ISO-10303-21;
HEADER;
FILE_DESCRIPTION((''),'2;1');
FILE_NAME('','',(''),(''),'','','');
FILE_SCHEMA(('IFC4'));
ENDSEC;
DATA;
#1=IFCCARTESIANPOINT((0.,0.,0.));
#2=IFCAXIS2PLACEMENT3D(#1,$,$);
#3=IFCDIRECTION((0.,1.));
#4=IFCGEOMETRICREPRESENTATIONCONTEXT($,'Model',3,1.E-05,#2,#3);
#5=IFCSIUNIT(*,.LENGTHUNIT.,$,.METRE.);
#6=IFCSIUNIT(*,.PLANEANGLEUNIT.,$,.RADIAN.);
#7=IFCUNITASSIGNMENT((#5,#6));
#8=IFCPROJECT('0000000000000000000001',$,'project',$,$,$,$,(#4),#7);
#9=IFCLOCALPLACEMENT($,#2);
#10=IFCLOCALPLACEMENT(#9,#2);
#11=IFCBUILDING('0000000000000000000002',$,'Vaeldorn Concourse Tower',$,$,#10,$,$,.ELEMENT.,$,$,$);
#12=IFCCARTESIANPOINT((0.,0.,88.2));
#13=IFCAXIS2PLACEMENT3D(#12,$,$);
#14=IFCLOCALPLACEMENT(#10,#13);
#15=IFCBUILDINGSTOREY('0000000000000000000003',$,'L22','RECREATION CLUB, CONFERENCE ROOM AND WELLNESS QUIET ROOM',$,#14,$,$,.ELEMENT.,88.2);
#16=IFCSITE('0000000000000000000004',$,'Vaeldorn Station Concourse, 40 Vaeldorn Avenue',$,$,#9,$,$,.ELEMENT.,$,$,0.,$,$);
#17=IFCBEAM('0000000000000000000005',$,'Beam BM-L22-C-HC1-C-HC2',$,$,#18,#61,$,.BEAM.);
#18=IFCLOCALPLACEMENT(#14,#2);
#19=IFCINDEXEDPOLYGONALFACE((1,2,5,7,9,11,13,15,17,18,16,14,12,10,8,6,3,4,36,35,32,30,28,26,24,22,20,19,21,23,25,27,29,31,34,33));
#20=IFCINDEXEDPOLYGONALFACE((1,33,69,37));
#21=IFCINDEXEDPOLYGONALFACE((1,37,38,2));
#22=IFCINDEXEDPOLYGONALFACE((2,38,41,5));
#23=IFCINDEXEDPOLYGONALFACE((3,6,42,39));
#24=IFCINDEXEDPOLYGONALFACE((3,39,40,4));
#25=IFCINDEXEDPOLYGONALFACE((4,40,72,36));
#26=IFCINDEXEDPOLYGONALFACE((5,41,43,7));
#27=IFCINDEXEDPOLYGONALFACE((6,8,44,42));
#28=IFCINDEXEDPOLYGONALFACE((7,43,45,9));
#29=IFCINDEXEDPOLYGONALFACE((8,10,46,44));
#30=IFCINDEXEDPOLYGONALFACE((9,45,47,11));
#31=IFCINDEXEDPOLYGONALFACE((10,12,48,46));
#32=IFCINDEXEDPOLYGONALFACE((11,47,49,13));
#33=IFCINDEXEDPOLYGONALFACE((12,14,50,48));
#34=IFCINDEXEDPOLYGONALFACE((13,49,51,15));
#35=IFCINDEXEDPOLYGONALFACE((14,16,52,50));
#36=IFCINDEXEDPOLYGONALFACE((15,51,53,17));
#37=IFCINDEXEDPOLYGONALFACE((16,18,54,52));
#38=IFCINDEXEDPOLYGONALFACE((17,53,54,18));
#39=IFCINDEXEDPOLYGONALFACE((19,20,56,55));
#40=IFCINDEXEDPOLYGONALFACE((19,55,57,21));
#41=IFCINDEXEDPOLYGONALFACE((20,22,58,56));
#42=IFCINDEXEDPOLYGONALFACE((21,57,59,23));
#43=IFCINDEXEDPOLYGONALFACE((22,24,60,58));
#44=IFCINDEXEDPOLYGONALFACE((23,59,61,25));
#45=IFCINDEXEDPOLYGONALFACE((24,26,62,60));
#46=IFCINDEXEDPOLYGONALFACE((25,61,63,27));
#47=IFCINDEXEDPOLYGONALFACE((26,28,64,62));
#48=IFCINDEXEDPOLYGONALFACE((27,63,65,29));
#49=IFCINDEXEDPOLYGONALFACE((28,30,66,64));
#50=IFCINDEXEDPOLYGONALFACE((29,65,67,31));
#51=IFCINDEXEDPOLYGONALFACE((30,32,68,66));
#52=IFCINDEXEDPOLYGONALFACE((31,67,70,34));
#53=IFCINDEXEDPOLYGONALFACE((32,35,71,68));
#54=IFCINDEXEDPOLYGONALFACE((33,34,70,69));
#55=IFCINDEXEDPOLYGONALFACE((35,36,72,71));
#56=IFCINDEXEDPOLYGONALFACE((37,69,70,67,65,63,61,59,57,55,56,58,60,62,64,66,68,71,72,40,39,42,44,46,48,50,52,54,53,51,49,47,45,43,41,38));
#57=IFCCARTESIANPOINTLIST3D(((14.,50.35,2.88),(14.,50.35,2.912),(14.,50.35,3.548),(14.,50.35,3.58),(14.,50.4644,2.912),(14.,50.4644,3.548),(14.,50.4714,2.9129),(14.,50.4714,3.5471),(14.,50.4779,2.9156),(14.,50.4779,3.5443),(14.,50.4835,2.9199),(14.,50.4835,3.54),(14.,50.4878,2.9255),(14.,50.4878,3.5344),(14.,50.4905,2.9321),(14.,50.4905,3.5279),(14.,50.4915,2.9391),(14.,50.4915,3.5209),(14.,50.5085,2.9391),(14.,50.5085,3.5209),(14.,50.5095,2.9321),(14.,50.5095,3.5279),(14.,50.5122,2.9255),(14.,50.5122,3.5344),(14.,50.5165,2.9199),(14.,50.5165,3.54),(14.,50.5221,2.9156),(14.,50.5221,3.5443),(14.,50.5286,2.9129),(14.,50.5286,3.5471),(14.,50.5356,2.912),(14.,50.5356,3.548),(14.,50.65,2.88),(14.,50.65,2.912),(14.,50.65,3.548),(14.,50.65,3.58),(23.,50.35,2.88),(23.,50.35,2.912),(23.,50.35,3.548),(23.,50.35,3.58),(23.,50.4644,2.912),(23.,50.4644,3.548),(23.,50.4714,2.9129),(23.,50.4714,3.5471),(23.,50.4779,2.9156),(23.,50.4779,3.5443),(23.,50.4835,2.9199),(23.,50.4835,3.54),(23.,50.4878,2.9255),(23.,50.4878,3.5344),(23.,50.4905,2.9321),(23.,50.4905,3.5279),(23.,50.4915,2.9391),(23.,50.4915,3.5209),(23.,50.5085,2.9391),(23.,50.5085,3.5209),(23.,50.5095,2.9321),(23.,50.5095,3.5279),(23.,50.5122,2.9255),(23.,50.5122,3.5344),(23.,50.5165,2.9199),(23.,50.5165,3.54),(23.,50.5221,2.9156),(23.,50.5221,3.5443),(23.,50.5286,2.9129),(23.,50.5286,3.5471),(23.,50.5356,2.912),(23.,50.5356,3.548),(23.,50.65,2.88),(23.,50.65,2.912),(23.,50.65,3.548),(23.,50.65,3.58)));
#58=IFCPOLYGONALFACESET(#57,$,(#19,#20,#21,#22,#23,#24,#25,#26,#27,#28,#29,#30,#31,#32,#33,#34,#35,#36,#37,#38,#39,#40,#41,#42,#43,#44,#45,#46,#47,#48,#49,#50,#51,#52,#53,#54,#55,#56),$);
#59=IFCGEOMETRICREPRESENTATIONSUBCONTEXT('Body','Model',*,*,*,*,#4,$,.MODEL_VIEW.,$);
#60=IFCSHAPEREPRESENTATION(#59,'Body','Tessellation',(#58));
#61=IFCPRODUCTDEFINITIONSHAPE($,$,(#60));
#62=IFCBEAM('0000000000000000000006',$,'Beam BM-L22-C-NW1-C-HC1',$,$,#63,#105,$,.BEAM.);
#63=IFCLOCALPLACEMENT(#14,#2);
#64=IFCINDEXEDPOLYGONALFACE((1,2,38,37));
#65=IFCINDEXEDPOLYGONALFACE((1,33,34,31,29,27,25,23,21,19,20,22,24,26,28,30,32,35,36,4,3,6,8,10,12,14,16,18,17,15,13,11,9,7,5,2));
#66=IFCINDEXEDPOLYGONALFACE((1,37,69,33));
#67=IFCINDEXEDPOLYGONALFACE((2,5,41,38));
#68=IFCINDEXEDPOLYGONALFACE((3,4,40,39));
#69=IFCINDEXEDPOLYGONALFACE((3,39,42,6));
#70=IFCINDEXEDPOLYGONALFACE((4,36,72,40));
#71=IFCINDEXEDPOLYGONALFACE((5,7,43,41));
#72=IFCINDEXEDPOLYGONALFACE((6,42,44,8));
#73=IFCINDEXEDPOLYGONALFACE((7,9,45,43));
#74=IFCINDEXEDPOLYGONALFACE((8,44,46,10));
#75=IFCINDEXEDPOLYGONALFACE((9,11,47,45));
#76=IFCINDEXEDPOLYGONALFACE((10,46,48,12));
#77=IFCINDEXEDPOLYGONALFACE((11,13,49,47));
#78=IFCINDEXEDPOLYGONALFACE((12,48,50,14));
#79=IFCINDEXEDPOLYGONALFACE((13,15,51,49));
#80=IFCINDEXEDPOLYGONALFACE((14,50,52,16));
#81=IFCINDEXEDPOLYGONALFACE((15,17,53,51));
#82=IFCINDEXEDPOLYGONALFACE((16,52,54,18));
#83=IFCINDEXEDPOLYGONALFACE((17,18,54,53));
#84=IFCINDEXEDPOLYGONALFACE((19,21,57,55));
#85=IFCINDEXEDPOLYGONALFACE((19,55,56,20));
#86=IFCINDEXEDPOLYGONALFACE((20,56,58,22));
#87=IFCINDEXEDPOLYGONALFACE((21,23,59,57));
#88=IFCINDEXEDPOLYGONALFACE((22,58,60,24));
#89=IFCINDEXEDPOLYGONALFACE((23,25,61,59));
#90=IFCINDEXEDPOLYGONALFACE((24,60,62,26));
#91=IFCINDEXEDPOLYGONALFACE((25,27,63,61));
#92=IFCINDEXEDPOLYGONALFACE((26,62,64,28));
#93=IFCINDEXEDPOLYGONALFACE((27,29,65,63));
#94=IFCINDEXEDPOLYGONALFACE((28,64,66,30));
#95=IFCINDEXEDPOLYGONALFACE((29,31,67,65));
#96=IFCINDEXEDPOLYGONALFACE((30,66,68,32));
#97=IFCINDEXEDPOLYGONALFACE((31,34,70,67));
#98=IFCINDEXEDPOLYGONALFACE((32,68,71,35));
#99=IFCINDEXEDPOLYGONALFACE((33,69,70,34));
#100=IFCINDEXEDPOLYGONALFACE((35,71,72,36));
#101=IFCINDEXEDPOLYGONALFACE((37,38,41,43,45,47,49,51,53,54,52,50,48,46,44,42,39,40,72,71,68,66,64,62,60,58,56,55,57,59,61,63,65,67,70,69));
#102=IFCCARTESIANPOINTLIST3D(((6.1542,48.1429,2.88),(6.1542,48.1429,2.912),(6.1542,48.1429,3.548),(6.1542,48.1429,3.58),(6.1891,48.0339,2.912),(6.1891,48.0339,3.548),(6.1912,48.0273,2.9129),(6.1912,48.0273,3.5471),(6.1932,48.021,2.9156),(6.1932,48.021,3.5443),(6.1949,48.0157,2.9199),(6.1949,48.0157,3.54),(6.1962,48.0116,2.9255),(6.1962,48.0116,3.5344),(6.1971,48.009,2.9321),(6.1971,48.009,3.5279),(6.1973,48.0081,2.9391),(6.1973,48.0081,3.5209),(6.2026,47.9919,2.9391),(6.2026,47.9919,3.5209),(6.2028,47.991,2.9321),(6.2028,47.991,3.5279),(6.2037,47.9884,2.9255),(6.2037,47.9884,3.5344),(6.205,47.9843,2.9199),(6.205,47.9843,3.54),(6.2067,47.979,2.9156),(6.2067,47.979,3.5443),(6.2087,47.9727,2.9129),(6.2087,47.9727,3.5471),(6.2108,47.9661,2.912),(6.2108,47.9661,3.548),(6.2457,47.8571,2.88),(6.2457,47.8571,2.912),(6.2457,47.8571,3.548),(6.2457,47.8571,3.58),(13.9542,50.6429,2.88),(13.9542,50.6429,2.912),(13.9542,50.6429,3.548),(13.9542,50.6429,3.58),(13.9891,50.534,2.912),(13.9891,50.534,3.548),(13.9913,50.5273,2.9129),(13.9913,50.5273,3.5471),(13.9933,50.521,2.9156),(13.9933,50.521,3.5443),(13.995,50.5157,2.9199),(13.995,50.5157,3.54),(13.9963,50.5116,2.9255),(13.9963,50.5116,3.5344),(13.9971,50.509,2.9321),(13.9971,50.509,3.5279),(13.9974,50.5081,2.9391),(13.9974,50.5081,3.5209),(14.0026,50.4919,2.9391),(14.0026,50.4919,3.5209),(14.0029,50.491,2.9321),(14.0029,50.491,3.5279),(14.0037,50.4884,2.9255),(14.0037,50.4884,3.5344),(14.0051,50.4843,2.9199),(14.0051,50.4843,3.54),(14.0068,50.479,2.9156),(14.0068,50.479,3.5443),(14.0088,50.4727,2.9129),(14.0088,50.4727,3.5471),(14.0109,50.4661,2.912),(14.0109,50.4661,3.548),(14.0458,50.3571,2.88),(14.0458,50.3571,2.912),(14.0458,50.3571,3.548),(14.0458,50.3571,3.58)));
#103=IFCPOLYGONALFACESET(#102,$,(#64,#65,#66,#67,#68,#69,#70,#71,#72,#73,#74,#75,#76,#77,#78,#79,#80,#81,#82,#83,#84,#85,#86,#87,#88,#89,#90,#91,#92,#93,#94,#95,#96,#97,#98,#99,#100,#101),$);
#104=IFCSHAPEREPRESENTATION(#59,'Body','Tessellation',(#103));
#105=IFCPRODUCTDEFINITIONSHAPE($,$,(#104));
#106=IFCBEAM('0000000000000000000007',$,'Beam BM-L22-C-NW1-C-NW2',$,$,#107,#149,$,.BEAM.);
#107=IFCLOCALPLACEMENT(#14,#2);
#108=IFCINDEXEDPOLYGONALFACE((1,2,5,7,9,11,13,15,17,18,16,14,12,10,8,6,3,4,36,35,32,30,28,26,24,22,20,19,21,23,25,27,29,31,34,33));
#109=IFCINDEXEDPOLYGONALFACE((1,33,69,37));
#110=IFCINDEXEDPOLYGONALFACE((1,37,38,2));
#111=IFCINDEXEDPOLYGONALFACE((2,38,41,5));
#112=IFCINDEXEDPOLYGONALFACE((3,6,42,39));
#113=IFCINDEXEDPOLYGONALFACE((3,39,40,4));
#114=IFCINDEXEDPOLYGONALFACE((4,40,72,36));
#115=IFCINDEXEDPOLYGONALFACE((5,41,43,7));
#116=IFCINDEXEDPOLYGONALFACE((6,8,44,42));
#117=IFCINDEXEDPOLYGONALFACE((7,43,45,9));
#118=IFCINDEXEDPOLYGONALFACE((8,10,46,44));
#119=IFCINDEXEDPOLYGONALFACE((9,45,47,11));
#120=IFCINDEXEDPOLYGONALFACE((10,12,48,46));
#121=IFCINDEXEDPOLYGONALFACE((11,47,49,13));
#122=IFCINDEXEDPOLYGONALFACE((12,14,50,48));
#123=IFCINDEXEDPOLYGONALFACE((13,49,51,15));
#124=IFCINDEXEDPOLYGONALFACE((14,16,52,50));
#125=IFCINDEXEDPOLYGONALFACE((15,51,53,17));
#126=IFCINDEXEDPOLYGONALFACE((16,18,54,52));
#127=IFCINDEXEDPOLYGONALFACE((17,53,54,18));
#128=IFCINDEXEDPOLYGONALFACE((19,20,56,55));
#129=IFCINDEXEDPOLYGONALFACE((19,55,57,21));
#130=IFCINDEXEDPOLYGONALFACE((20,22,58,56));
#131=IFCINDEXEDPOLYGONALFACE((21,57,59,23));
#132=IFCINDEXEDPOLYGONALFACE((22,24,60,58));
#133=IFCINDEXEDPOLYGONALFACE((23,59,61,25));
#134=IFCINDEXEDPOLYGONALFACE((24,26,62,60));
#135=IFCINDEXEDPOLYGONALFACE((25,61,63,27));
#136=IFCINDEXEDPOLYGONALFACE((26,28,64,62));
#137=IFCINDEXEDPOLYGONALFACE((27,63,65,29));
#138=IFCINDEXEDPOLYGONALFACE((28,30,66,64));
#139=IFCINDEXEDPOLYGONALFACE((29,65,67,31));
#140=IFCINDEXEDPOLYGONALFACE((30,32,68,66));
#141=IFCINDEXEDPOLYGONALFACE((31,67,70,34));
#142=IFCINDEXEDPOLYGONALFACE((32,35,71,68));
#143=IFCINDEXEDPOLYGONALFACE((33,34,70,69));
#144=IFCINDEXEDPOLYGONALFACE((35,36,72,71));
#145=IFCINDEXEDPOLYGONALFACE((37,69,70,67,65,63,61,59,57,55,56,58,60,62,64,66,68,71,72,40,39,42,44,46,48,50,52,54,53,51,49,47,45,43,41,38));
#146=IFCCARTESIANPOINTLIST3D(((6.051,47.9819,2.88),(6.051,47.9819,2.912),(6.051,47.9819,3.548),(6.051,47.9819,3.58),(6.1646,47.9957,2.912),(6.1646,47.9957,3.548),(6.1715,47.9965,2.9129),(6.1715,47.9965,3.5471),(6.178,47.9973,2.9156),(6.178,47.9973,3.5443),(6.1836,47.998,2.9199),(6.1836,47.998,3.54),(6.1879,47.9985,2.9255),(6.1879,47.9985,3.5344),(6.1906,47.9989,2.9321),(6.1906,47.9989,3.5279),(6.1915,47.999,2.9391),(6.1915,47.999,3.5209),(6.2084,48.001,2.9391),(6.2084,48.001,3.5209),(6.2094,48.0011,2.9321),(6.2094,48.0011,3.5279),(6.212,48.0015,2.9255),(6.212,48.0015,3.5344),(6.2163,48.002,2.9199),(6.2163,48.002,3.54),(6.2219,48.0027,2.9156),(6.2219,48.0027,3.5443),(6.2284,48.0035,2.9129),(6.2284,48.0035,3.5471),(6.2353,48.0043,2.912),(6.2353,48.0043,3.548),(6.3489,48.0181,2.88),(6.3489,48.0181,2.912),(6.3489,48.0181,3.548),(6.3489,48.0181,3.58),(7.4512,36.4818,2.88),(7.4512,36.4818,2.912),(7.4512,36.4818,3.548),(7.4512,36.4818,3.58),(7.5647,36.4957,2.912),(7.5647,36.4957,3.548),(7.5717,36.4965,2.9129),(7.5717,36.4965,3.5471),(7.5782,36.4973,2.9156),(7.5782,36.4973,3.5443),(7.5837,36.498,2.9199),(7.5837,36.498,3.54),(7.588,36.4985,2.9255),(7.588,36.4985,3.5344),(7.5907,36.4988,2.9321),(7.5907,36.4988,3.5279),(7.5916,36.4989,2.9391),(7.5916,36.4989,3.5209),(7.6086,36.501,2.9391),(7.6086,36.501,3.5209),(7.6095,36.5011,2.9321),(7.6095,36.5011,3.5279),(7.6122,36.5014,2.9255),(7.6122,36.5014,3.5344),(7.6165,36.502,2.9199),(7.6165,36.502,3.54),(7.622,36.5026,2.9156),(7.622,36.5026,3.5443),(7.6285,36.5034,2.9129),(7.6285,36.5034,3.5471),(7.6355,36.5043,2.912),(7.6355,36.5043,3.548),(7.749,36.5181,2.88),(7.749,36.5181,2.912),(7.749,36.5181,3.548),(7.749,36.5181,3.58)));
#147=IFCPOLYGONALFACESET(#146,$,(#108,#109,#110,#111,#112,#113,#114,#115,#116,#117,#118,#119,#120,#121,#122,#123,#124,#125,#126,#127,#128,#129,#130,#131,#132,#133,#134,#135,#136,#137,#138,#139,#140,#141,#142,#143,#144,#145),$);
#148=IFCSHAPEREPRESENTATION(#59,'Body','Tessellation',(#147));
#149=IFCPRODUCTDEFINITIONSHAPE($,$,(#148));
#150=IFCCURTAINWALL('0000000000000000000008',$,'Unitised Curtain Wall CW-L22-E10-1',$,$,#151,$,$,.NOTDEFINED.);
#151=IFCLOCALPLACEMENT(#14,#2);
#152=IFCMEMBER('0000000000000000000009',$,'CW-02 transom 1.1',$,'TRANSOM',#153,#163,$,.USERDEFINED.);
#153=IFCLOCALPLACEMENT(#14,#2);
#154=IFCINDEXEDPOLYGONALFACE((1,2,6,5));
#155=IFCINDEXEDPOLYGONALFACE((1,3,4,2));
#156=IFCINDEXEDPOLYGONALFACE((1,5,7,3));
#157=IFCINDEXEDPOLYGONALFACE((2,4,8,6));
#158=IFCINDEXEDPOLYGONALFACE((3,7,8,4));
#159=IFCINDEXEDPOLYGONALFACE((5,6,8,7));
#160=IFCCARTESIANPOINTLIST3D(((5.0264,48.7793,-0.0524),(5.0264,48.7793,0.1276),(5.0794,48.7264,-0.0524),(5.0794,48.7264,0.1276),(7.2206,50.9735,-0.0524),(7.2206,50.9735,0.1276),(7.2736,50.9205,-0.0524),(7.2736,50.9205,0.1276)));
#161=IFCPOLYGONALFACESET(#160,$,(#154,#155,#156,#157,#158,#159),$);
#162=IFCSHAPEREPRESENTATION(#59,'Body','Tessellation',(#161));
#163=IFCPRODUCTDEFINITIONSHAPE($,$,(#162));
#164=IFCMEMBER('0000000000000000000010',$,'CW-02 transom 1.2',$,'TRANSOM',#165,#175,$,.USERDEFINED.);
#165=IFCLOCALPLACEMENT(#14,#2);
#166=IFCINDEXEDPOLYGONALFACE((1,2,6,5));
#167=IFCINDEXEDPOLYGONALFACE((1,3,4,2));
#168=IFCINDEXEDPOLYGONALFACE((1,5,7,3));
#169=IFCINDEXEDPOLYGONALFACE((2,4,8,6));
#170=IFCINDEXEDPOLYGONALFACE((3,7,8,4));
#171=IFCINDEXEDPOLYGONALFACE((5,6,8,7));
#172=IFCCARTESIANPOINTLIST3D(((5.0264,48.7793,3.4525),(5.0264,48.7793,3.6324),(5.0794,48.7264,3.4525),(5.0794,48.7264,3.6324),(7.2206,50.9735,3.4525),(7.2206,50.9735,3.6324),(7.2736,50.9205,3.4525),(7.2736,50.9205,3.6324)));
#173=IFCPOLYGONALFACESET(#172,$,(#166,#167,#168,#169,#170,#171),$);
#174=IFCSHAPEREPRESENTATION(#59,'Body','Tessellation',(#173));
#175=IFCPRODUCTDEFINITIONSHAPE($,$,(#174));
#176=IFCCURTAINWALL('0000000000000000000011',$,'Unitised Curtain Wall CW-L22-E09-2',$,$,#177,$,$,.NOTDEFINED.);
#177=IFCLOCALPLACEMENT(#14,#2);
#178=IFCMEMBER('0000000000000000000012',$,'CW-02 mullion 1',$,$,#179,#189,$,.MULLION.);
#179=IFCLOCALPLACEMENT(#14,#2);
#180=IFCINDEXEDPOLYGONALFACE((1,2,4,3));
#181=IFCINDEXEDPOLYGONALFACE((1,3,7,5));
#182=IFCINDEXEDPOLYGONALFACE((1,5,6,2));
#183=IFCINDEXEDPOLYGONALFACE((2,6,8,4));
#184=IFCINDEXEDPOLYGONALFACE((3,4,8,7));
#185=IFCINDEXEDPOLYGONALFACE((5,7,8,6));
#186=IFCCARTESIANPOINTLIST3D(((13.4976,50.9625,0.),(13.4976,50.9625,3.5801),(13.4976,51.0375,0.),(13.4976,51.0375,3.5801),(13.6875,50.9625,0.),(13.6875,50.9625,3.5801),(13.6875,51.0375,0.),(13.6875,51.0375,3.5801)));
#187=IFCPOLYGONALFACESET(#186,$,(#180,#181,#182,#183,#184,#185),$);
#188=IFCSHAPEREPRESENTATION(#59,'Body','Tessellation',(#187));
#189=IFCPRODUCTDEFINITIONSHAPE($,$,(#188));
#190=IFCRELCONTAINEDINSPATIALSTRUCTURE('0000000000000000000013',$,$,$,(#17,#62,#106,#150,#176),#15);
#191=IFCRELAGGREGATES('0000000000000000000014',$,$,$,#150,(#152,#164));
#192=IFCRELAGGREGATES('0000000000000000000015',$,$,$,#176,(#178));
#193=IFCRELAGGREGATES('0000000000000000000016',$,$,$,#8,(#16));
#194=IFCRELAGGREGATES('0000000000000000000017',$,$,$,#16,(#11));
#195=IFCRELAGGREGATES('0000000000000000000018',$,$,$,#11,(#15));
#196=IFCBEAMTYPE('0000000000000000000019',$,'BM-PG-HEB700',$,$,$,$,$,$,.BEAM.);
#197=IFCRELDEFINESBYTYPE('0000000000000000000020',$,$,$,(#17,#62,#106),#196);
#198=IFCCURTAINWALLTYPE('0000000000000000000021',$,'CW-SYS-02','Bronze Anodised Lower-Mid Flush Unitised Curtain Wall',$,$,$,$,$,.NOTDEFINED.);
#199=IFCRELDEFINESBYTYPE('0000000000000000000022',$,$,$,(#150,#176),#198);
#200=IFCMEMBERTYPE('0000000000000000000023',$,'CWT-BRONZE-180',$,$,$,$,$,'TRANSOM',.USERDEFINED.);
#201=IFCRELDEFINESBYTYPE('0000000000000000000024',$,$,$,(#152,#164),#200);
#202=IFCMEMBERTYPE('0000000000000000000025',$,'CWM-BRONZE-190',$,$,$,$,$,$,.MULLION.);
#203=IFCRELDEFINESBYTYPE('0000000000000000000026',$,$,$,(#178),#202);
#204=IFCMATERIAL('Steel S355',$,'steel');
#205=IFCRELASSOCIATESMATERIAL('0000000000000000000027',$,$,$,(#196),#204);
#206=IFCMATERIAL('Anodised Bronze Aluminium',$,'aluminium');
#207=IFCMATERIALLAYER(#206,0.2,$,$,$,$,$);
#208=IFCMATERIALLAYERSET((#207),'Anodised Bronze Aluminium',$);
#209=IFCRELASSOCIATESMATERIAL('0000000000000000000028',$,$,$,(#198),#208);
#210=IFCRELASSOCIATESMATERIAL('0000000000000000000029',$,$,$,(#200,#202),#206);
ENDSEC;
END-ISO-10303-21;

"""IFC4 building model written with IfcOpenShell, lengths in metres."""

from ifc_helpers import new_model, si_unit, direction, frame, origin, origin_2d, place, context, subcontext, project, spatial, rectangle, i_section, extrude, source, transform, mapped, material, layer, layer_set, material_profile, profile_set, type_object, element, aggregate, save


model = new_model("IFC4")

# Units and contexts
model_context = context("Model", 3, precision=1e-05, world=origin(), true_north=direction((0.0, 1.0)))
body_context = subcontext(model_context, "Body", "Model", "MODEL_VIEW")
ifc_project = project(units=[si_unit("LENGTHUNIT", "METRE"), si_unit("PLANEANGLEUNIT", "RADIAN")], contexts=[model_context])

# Site, building, storey
site_placement = place(None, origin())
site = spatial("IfcSite", under=ifc_project, at=site_placement, Name="Vaeldorn Station Concourse, 40 Vaeldorn Avenue", CompositionType="ELEMENT", RefElevation=0.0)
building_placement = place(site_placement, origin())
building = spatial("IfcBuilding", under=site, at=building_placement, Name="Vaeldorn Concourse Tower", CompositionType="ELEMENT")
storey_placement = place(building_placement, frame((0.0, 0.0, 88.2)))
storey = spatial("IfcBuildingStorey", under=building, at=storey_placement, Name="L22", Description="RECREATION CLUB, CONFERENCE ROOM AND WELLNESS QUIET ROOM", CompositionType="ELEMENT", Elevation=88.2)

# Beams
ifc_material_1 = material(Name="Steel S355", Category="steel")
ifc_material_profile_1 = material_profile(ifc_material_1, i_section(OverallWidth=0.3, OverallDepth=0.7, WebThickness=0.0171, FlangeThickness=0.032, FilletRadius=0.0271, at=origin_2d()), Name="HEB 700")
ifc_profile_set_1 = profile_set([ifc_material_profile_1], Name="Steel S355")
beam_type_1 = type_object("IfcBeamType", Name="BM-PG-HEB700", PredefinedType="BEAM", material=ifc_profile_set_1)
shared_shape_1 = source(origin(), body_context, "Body", "SweptSolid", [
    extrude(i_section(OverallWidth=0.3, OverallDepth=0.7, WebThickness=0.0171, FlangeThickness=0.032, FilletRadius=0.0271, at=origin_2d()), origin(), (0.0, 0.0, 1.0), 9.0),
])
beam_1_placement = place(storey_placement, frame((14.0, 50.5, 3.23), z_axis=(1.0, 0.0, 0.0), x_axis=(0.0, 1.0, 0.0)))
element("IfcBeam", 1, at=beam_1_placement, inside=storey, type_object=beam_type_1, Name="Beam BM-L22-C-HC1-C-HC2", PredefinedType="BEAM", context=body_context, shape_type="MappedRepresentation", body=[
    mapped(shared_shape_1, transform((0.0, 0.0, 0.0), scale=1.0)),
])
shared_shape_2 = source(origin(), body_context, "Body", "SweptSolid", [
    extrude(i_section(OverallWidth=0.3, OverallDepth=0.7, WebThickness=0.0171, FlangeThickness=0.032, FilletRadius=0.0271, at=origin_2d()), origin(), (0.0, 0.0, 1.0), 8.1909),
])
beam_2_placement = place(storey_placement, frame((6.2, 48.0, 3.23), z_axis=(0.952283, 0.305217, 0.0), x_axis=(-0.305217, 0.952283, 0.0)))
element("IfcBeam", 2, at=beam_2_placement, inside=storey, type_object=beam_type_1, Name="Beam BM-L22-C-NW1-C-HC1", PredefinedType="BEAM", context=body_context, shape_type="MappedRepresentation", body=[
    mapped(shared_shape_2, transform((0.0, 0.0, 0.0), scale=1.0)),
])
shared_shape_3 = source(origin(), body_context, "Body", "SweptSolid", [
    extrude(i_section(OverallWidth=0.3, OverallDepth=0.7, WebThickness=0.0171, FlangeThickness=0.032, FilletRadius=0.0271, at=origin_2d()), origin(), (0.0, 0.0, 1.0), 11.585),
])
beam_3_placement = place(storey_placement, frame((6.2, 48.0, 3.23), z_axis=(0.120859, -0.99267, 0.0), x_axis=(0.99267, 0.120859, 0.0)))
element("IfcBeam", 3, at=beam_3_placement, inside=storey, type_object=beam_type_1, Name="Beam BM-L22-C-NW1-C-NW2", PredefinedType="BEAM", context=body_context, shape_type="MappedRepresentation", body=[
    mapped(shared_shape_3, transform((0.0, 0.0, 0.0), scale=1.0)),
])

# Curtain walls, members
ifc_material_2 = material(Name="Anodised Bronze Aluminium", Category="aluminium")
ifc_layer_1 = layer(ifc_material_2, 0.2)
ifc_layer_set_1 = layer_set([ifc_layer_1], Name="Anodised Bronze Aluminium")
curtain_wall_type = type_object("IfcCurtainWallType", Name="CW-SYS-02", Description="Bronze Anodised Lower-Mid Flush Unitised Curtain Wall", PredefinedType="NOTDEFINED", material=ifc_layer_set_1)
curtain_wall_1_placement = place(storey_placement, origin())
curtain_wall_1 = element("IfcCurtainWall", 4, at=curtain_wall_1_placement, inside=storey, type_object=curtain_wall_type, Name="Unitised Curtain Wall CW-L22-E10-1", PredefinedType="NOTDEFINED")
ifc_material_profile_2 = material_profile(ifc_material_2, rectangle(XDim=0.075, YDim=0.1799, at=origin_2d()), Name="CWT 75x180")
ifc_profile_set_2 = profile_set([ifc_material_profile_2], Name="Anodised Bronze Aluminium")
member_type_1 = type_object("IfcMemberType", Name="CWT-BRONZE-180", ElementType="TRANSOM", PredefinedType="USERDEFINED", material=ifc_profile_set_2)
shared_shape_4 = source(origin(), body_context, "Body", "SweptSolid", [
    extrude(rectangle(XDim=0.075, YDim=0.1799, at=origin_2d()), origin(), (0.0, 0.0, 1.0), 3.103),
])
member_1_placement = place(storey_placement, frame((7.2471, 50.947, 0.0376), z_axis=(-0.707107, -0.707107, 0.0), x_axis=(0.707107, -0.707107, 0.0)))
member_1 = element("IfcMember", 5, at=member_1_placement, type_object=member_type_1, Name="CW-02 transom 1.1", ObjectType="TRANSOM", PredefinedType="USERDEFINED", context=body_context, shape_type="MappedRepresentation", body=[
    mapped(shared_shape_4, transform((0.0, 0.0, 0.0), scale=1.0)),
])
member_2_placement = place(storey_placement, frame((7.2471, 50.947, 3.5425), z_axis=(-0.707107, -0.707107, 0.0), x_axis=(0.707107, -0.707107, 0.0)))
member_2 = element("IfcMember", 6, at=member_2_placement, type_object=member_type_1, Name="CW-02 transom 1.2", ObjectType="TRANSOM", PredefinedType="USERDEFINED", context=body_context, shape_type="MappedRepresentation", body=[
    mapped(shared_shape_4, transform((0.0, 0.0, 0.0), scale=1.0)),
])
curtain_wall_2_placement = place(storey_placement, origin())
curtain_wall_2 = element("IfcCurtainWall", 7, at=curtain_wall_2_placement, inside=storey, type_object=curtain_wall_type, Name="Unitised Curtain Wall CW-L22-E09-2", PredefinedType="NOTDEFINED")
ifc_material_profile_3 = material_profile(ifc_material_2, rectangle(XDim=0.075, YDim=0.1899, at=origin_2d()), Name="CWM 75x190")
ifc_profile_set_3 = profile_set([ifc_material_profile_3], Name="Anodised Bronze Aluminium")
member_type_2 = type_object("IfcMemberType", Name="CWM-BRONZE-190", PredefinedType="MULLION", material=ifc_profile_set_3)
shared_shape_5 = source(origin(), body_context, "Body", "SweptSolid", [
    extrude(rectangle(XDim=0.075, YDim=0.1899, at=origin_2d()), origin(), (0.0, 0.0, 1.0), 3.5801),
])
member_3_placement = place(storey_placement, frame((13.5925, 51.0, 0.0), z_axis=(0.0, 0.0, 1.0), x_axis=(0.0, -1.0, 0.0)))
member_3 = element("IfcMember", 8, at=member_3_placement, type_object=member_type_2, Name="CW-02 mullion 1", PredefinedType="MULLION", context=body_context, shape_type="MappedRepresentation", body=[
    mapped(shared_shape_5, transform((0.0, 0.0, 0.0), scale=1.0)),
])

aggregate(curtain_wall_1, [member_1, member_2])
aggregate(curtain_wall_2, [member_3])

save(model, "model.ifc")
